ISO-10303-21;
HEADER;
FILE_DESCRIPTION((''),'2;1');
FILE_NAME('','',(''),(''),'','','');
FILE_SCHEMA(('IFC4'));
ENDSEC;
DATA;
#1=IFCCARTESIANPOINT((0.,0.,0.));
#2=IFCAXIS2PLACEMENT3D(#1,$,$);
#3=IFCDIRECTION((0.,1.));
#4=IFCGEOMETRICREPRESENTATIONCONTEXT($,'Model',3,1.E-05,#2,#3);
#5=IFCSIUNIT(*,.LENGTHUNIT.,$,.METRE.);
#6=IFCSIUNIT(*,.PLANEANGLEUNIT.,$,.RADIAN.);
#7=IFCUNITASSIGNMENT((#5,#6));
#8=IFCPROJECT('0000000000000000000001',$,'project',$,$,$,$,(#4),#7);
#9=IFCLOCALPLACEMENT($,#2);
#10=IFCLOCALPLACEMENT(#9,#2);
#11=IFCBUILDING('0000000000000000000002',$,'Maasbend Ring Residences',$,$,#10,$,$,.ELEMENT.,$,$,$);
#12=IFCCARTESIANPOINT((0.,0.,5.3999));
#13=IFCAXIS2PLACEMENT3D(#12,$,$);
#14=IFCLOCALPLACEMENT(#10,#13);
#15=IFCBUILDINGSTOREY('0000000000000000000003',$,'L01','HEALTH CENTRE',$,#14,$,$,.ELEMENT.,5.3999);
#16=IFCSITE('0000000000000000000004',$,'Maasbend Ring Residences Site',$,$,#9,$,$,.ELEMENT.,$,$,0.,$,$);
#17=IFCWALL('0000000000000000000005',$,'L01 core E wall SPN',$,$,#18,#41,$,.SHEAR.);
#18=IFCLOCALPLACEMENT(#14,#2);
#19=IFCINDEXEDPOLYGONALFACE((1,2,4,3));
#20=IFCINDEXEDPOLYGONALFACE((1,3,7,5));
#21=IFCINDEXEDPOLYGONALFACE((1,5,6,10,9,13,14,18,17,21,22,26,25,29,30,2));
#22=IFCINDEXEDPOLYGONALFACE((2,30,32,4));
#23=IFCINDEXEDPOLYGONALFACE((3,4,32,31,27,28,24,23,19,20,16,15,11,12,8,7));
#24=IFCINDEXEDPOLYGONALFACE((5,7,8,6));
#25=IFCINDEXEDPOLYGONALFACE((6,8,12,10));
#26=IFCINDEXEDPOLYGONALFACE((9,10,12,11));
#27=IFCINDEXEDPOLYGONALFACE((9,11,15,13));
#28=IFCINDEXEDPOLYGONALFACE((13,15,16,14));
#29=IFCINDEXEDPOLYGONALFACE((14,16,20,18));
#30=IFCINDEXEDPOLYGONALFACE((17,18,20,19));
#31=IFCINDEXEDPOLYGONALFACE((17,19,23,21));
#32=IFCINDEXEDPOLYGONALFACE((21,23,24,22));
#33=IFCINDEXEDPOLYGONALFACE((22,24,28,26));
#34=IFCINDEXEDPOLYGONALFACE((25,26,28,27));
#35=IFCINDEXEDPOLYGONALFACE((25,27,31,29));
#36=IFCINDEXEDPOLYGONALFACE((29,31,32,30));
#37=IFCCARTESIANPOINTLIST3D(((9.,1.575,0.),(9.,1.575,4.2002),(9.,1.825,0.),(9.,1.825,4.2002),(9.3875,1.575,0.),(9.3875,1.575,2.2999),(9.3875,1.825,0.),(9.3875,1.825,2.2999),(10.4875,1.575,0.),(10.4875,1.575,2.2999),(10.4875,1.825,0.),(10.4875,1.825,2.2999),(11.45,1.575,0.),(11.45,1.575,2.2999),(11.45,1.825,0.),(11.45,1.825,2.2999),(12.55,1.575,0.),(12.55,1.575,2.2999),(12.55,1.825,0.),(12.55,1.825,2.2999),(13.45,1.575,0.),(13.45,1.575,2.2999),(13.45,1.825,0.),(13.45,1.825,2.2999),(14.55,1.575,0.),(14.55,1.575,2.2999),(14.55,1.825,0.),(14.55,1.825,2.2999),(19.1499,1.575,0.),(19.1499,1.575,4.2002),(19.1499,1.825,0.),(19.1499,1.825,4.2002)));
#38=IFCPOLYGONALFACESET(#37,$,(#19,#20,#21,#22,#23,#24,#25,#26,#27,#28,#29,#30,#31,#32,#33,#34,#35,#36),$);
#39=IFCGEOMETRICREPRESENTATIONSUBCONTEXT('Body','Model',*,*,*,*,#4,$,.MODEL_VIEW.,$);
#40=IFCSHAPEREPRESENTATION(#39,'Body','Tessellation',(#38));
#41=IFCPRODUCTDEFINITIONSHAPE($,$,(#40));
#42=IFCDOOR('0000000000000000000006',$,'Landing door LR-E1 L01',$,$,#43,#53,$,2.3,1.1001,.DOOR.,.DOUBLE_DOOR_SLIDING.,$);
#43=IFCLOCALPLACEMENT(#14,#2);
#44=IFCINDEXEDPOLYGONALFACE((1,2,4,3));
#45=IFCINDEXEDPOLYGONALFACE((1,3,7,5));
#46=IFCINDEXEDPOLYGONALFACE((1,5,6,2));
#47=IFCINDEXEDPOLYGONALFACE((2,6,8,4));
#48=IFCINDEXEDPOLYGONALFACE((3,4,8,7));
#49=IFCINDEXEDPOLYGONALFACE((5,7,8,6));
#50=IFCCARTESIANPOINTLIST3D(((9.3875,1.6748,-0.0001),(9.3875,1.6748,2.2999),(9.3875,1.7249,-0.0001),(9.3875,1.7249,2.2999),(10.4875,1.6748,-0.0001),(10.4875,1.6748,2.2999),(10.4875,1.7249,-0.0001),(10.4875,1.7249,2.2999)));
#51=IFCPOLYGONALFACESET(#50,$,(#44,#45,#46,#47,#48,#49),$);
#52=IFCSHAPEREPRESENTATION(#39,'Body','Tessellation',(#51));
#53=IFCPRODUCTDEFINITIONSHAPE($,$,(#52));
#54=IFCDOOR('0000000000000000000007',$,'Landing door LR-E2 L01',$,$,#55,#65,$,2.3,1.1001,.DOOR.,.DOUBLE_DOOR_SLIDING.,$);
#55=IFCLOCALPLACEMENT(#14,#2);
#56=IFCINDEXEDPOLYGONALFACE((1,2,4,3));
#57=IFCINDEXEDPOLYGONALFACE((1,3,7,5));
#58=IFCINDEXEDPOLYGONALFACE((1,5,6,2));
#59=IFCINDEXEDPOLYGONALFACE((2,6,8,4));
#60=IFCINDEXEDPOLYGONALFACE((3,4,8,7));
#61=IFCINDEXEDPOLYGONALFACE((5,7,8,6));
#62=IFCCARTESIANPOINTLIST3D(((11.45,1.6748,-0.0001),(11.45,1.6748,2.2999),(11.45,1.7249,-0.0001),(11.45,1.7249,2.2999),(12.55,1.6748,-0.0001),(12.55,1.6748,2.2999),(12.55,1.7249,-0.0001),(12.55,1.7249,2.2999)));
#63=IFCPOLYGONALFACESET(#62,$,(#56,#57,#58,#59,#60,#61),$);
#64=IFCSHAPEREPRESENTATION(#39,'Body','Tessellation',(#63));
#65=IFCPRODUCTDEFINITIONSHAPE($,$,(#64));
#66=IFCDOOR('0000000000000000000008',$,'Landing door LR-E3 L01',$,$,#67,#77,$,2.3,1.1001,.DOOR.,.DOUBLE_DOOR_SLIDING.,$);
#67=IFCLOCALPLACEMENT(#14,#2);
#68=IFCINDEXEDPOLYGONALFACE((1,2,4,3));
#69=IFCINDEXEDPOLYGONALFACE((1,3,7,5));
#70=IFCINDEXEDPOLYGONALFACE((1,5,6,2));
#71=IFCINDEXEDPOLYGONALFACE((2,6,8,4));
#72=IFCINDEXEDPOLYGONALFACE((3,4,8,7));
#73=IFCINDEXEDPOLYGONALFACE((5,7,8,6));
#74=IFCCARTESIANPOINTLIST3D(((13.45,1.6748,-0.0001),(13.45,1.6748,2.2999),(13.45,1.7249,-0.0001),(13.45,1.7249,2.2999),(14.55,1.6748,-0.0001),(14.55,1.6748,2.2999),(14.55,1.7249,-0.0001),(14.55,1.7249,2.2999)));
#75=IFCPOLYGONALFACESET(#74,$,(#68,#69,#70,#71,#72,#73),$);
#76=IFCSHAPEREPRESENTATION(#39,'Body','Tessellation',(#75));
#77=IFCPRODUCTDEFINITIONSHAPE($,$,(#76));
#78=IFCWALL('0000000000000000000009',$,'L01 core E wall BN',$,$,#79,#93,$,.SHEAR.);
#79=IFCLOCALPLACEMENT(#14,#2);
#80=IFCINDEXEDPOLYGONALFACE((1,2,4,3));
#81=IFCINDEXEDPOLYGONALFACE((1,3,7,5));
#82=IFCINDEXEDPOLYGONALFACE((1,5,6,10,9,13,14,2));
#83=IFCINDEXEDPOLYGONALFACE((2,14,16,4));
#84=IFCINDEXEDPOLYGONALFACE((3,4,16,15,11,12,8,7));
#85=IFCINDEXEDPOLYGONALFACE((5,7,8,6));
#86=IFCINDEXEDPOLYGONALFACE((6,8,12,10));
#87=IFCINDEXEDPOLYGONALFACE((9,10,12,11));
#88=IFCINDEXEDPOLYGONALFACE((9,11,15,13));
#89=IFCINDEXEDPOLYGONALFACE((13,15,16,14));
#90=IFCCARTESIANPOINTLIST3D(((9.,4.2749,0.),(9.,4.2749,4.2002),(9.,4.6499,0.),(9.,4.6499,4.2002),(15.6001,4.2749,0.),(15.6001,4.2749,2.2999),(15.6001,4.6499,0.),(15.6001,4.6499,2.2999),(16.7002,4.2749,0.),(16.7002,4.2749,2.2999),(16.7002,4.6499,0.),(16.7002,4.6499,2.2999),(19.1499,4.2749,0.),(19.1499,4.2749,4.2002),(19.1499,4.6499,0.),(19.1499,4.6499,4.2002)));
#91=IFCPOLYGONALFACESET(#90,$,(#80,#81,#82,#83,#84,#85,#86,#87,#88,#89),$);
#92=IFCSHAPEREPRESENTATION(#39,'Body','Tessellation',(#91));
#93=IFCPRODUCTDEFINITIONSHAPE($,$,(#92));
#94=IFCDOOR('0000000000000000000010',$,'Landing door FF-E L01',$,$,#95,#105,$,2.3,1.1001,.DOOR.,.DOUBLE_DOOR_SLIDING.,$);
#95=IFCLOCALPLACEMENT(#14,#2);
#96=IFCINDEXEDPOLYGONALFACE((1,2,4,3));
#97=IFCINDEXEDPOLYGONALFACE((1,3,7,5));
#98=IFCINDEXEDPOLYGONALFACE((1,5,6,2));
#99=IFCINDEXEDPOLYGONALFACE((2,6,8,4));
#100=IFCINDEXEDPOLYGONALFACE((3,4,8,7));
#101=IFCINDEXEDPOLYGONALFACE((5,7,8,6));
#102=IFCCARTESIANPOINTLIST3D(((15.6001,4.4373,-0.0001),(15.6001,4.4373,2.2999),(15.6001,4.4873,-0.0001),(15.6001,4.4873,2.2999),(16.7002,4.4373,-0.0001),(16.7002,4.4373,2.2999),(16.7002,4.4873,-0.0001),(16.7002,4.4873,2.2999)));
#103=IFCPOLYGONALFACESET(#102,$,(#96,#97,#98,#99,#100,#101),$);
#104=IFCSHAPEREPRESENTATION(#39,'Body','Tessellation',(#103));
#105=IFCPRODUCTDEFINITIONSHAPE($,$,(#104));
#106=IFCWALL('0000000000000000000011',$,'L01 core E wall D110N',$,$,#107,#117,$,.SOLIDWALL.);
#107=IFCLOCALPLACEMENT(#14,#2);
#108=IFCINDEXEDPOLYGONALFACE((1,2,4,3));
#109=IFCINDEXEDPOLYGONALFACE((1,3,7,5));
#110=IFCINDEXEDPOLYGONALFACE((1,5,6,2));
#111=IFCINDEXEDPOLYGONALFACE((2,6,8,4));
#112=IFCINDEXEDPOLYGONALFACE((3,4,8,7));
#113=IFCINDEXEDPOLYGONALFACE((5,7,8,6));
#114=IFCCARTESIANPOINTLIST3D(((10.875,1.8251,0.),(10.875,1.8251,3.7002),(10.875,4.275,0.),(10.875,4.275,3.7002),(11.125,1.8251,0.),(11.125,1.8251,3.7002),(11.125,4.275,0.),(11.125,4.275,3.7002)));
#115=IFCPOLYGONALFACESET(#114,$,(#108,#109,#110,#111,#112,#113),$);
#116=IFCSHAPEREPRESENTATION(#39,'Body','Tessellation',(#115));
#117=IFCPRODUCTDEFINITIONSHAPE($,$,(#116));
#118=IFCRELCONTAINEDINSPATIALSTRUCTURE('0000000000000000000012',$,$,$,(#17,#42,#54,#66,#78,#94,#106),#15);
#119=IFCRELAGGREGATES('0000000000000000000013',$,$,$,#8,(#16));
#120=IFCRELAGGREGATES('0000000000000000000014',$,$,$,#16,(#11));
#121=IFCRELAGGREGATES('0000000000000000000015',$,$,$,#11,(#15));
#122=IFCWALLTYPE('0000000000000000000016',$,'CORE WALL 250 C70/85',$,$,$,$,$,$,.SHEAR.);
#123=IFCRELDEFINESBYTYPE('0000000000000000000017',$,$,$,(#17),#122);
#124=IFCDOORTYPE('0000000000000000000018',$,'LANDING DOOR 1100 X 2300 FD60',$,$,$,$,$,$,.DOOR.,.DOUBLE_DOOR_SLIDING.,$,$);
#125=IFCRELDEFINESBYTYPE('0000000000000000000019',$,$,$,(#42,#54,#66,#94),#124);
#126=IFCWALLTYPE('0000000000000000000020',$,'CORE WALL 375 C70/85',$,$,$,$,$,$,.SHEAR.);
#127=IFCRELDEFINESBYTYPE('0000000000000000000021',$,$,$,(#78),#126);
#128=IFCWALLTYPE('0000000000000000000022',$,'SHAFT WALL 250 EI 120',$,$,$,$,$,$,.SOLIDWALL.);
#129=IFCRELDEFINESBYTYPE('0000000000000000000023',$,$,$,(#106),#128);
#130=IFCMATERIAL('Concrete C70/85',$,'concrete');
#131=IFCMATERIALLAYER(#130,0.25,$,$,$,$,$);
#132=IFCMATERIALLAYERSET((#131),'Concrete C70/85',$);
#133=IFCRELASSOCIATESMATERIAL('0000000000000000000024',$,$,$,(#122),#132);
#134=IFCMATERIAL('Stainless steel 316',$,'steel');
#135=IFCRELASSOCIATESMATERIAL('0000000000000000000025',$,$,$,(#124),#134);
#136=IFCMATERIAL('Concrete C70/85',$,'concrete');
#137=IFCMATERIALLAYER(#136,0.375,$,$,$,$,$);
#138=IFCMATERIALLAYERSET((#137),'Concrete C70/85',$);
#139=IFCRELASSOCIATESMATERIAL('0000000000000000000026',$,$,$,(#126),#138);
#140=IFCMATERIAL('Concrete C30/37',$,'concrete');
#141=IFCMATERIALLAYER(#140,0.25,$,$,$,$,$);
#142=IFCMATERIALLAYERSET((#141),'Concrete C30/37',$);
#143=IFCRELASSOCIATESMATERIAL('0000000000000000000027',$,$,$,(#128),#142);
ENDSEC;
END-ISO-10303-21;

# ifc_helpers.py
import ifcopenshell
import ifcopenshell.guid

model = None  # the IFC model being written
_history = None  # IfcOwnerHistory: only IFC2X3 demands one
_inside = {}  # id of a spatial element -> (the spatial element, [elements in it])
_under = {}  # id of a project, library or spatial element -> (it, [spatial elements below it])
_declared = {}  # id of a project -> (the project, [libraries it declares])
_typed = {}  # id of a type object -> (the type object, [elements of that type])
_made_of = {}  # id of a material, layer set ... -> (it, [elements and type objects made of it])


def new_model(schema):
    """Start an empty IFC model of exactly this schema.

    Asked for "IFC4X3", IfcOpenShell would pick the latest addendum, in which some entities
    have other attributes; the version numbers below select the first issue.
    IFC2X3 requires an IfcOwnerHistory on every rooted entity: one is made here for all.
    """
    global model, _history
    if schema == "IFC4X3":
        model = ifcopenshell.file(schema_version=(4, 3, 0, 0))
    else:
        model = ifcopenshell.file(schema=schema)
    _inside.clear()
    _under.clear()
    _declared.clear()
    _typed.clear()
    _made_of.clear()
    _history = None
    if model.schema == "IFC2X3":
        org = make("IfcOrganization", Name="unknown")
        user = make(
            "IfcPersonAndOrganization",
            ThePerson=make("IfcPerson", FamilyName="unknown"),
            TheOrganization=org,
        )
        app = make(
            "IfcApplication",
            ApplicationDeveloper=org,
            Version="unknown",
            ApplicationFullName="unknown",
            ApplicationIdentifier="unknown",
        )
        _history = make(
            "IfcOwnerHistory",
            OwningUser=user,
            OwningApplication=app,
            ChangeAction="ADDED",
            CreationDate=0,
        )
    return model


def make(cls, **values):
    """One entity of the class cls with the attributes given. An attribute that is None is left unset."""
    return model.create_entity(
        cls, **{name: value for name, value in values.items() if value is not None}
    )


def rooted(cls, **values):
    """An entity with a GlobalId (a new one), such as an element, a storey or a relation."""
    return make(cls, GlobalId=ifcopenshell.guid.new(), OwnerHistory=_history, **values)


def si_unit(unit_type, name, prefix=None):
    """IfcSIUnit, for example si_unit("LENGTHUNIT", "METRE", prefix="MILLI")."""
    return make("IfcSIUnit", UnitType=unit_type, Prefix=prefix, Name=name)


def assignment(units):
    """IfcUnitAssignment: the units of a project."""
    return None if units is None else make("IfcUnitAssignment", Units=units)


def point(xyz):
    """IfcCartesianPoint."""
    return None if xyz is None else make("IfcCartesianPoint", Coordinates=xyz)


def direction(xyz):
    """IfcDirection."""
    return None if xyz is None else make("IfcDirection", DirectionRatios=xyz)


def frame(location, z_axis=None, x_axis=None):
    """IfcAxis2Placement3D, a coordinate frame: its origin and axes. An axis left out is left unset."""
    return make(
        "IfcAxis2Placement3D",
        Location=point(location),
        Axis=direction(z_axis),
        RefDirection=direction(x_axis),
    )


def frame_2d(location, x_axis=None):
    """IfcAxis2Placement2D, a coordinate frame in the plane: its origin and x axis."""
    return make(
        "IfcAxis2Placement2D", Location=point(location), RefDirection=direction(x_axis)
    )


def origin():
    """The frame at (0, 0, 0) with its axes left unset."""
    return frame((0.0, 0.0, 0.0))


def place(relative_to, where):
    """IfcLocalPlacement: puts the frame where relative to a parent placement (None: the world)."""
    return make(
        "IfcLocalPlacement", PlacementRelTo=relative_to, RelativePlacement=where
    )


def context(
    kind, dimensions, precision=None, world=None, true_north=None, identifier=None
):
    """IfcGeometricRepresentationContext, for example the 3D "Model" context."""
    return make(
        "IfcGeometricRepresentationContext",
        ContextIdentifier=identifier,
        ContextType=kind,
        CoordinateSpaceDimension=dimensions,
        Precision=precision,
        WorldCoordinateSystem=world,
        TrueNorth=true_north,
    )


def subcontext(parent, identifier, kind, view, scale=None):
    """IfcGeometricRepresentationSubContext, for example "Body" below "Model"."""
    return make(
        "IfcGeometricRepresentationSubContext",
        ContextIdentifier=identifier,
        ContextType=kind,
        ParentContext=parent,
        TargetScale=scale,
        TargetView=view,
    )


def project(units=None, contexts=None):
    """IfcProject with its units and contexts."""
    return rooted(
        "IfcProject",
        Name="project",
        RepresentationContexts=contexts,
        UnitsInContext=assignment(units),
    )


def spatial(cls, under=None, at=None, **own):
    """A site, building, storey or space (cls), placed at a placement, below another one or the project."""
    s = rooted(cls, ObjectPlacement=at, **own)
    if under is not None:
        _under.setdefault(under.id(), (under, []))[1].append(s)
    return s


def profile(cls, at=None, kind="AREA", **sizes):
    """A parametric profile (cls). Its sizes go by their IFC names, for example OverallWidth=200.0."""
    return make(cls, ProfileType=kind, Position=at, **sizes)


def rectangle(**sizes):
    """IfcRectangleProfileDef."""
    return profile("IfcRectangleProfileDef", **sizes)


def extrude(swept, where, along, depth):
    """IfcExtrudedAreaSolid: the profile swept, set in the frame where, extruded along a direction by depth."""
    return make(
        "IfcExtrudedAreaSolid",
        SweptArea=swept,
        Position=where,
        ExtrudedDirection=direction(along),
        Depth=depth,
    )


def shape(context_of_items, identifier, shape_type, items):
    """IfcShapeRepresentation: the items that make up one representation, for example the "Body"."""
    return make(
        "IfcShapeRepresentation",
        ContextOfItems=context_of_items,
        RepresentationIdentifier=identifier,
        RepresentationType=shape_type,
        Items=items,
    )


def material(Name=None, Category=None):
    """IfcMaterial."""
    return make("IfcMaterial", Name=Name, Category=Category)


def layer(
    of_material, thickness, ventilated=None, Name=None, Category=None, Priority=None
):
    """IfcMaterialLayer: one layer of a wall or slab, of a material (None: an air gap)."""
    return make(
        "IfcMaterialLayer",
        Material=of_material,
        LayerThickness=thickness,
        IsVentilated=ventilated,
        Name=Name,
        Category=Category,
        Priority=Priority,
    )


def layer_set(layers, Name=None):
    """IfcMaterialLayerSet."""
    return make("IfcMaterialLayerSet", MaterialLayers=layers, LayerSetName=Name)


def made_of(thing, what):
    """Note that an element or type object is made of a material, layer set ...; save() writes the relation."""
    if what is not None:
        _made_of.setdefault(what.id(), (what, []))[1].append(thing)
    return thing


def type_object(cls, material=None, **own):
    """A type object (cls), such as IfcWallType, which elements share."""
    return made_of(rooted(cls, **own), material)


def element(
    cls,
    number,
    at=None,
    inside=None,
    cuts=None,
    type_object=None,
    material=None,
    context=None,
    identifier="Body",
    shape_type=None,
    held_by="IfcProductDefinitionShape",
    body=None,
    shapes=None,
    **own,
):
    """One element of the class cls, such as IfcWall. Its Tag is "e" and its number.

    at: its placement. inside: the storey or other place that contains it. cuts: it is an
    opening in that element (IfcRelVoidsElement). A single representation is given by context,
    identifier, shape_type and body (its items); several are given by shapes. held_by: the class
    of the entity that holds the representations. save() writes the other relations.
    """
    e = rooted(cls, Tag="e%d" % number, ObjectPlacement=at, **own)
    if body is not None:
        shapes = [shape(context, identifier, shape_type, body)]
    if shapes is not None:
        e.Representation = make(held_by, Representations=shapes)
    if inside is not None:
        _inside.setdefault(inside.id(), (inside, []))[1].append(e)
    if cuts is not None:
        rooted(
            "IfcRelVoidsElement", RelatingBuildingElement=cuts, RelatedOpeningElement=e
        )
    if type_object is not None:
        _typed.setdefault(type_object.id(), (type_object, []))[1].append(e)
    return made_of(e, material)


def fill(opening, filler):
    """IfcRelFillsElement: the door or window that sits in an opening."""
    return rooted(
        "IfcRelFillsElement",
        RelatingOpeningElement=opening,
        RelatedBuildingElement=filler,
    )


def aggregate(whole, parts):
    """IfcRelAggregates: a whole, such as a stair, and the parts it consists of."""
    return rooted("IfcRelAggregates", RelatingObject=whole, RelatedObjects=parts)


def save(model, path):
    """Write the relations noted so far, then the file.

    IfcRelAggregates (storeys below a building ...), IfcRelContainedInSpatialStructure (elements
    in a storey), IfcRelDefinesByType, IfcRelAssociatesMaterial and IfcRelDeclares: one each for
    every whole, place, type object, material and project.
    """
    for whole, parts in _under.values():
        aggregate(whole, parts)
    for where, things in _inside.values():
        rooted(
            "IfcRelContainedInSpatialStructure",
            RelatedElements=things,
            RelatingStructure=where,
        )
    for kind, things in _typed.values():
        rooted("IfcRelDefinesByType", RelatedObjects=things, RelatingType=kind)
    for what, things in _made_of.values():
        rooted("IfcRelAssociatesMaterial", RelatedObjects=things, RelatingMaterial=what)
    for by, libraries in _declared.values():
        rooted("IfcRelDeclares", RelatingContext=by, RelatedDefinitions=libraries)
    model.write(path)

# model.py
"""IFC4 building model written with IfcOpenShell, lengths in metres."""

from ifc_helpers import new_model, si_unit, direction, frame, frame_2d, origin, place, context, subcontext, project, spatial, rectangle, extrude, material, layer, layer_set, type_object, element, fill, save


model = new_model("IFC4")

# Units and contexts
model_context = context("Model", 3, precision=1e-05, world=origin(), true_north=direction((0.0, 1.0)))
body_context = subcontext(model_context, "Body", "Model", "MODEL_VIEW")
ifc_project = project(units=[si_unit("LENGTHUNIT", "METRE"), si_unit("PLANEANGLEUNIT", "RADIAN")], contexts=[model_context])

# Site, building, storey
site_placement = place(None, origin())
site = spatial("IfcSite", under=ifc_project, at=site_placement, Name="Maasbend Ring Residences Site", CompositionType="ELEMENT", RefElevation=0.0)
building_placement = place(site_placement, origin())
building = spatial("IfcBuilding", under=site, at=building_placement, Name="Maasbend Ring Residences", CompositionType="ELEMENT")
storey_placement = place(building_placement, frame((0.0, 0.0, 5.3999)))
storey = spatial("IfcBuildingStorey", under=building, at=storey_placement, Name="L01", Description="HEALTH CENTRE", CompositionType="ELEMENT", Elevation=5.3999)

# Wall, openings, doors
ifc_material_1 = material(Name="Concrete C70/85", Category="concrete")
ifc_layer_1 = layer(ifc_material_1, 0.25)
ifc_layer_set_1 = layer_set([ifc_layer_1], Name="Concrete C70/85")
wall_type_1 = type_object("IfcWallType", Name="CORE WALL 250 C70/85", PredefinedType="SHEAR", material=ifc_layer_set_1)
wall_1_placement = place(storey_placement, frame((9.0, 1.7, 0.0), z_axis=(0.0, 0.0, 1.0), x_axis=(1.0, 0.0, 0.0)))
wall_1 = element("IfcWall", 1, at=wall_1_placement, inside=storey, type_object=wall_type_1, Name="L01 core E wall SPN", PredefinedType="SHEAR", context=body_context, shape_type="SweptSolid", body=[
    extrude(rectangle(XDim=10.1499, YDim=0.25, at=frame_2d((5.075, 0.0))), origin(), (0.0, 0.0, 1.0), 4.2002),
])
opening_1_placement = place(wall_1_placement, frame((0.3875, 0.0, 0.0)))
opening_1 = element("IfcOpeningElement", 2, at=opening_1_placement, cuts=wall_1, PredefinedType="OPENING", context=body_context, shape_type="SweptSolid", body=[
    extrude(rectangle(XDim=1.1001, YDim=2.3, at=frame_2d((0.55, 1.1499))), frame((0.0, 0.135, 0.0), z_axis=(0.0, -1.0, 0.0), x_axis=(1.0, 0.0, 0.0)), (0.0, 0.0, 1.0), 0.27),
])
opening_2_placement = place(wall_1_placement, frame((2.45, 0.0, 0.0)))
opening_2 = element("IfcOpeningElement", 3, at=opening_2_placement, cuts=wall_1, PredefinedType="OPENING", context=body_context, shape_type="SweptSolid", body=[
    extrude(rectangle(XDim=1.1001, YDim=2.3, at=frame_2d((0.55, 1.1499))), frame((0.0, 0.135, 0.0), z_axis=(0.0, -1.0, 0.0), x_axis=(1.0, 0.0, 0.0)), (0.0, 0.0, 1.0), 0.27),
])
opening_3_placement = place(wall_1_placement, frame((4.45, 0.0, 0.0)))
opening_3 = element("IfcOpeningElement", 4, at=opening_3_placement, cuts=wall_1, PredefinedType="OPENING", context=body_context, shape_type="SweptSolid", body=[
    extrude(rectangle(XDim=1.1001, YDim=2.3, at=frame_2d((0.55, 1.1499))), frame((0.0, 0.135, 0.0), z_axis=(0.0, -1.0, 0.0), x_axis=(1.0, 0.0, 0.0)), (0.0, 0.0, 1.0), 0.27),
])
ifc_material_2 = material(Name="Stainless steel 316", Category="steel")
door_type = type_object("IfcDoorType", Name="LANDING DOOR 1100 X 2300 FD60", OperationType="DOUBLE_DOOR_SLIDING", PredefinedType="DOOR", material=ifc_material_2)
door_1_placement = place(opening_1_placement, origin())
door_1 = element("IfcDoor", 5, at=door_1_placement, inside=storey, type_object=door_type, Name="Landing door LR-E1 L01", OperationType="DOUBLE_DOOR_SLIDING", OverallHeight=2.3, OverallWidth=1.1001, PredefinedType="DOOR", context=body_context, shape_type="SweptSolid", body=[
    extrude(rectangle(XDim=1.1001, YDim=2.3, at=frame_2d((0.55, 1.1499))), frame((0.0, 0.0249, 0.0), z_axis=(0.0, -1.0, 0.0), x_axis=(1.0, 0.0, 0.0)), (0.0, 0.0, 1.0), 0.05),
])
fill(opening_1, door_1)
door_2_placement = place(opening_2_placement, origin())
door_2 = element("IfcDoor", 6, at=door_2_placement, inside=storey, type_object=door_type, Name="Landing door LR-E2 L01", OperationType="DOUBLE_DOOR_SLIDING", OverallHeight=2.3, OverallWidth=1.1001, PredefinedType="DOOR", context=body_context, shape_type="SweptSolid", body=[
    extrude(rectangle(XDim=1.1001, YDim=2.3, at=frame_2d((0.55, 1.1499))), frame((0.0, 0.0249, 0.0), z_axis=(0.0, -1.0, 0.0), x_axis=(1.0, 0.0, 0.0)), (0.0, 0.0, 1.0), 0.05),
])
fill(opening_2, door_2)
door_3_placement = place(opening_3_placement, origin())
door_3 = element("IfcDoor", 7, at=door_3_placement, inside=storey, type_object=door_type, Name="Landing door LR-E3 L01", OperationType="DOUBLE_DOOR_SLIDING", OverallHeight=2.3, OverallWidth=1.1001, PredefinedType="DOOR", context=body_context, shape_type="SweptSolid", body=[
    extrude(rectangle(XDim=1.1001, YDim=2.3, at=frame_2d((0.55, 1.1499))), frame((0.0, 0.0249, 0.0), z_axis=(0.0, -1.0, 0.0), x_axis=(1.0, 0.0, 0.0)), (0.0, 0.0, 1.0), 0.05),
])
fill(opening_3, door_3)

# Wall, opening, door
ifc_material_3 = material(Name="Concrete C70/85", Category="concrete")
ifc_layer_2 = layer(ifc_material_3, 0.375)
ifc_layer_set_2 = layer_set([ifc_layer_2], Name="Concrete C70/85")
wall_type_2 = type_object("IfcWallType", Name="CORE WALL 375 C70/85", PredefinedType="SHEAR", material=ifc_layer_set_2)
wall_2_placement = place(storey_placement, frame((9.0, 4.4624, 0.0), z_axis=(0.0, 0.0, 1.0), x_axis=(1.0, 0.0, 0.0)))
wall_2 = element("IfcWall", 8, at=wall_2_placement, inside=storey, type_object=wall_type_2, Name="L01 core E wall BN", PredefinedType="SHEAR", context=body_context, shape_type="SweptSolid", body=[
    extrude(rectangle(XDim=10.1499, YDim=0.375, at=frame_2d((5.075, 0.0))), origin(), (0.0, 0.0, 1.0), 4.2002),
])
opening_4_placement = place(wall_2_placement, frame((6.6001, 0.0, 0.0)))
opening_4 = element("IfcOpeningElement", 9, at=opening_4_placement, cuts=wall_2, PredefinedType="OPENING", context=body_context, shape_type="SweptSolid", body=[
    extrude(rectangle(XDim=1.1001, YDim=2.3, at=frame_2d((0.55, 1.1499))), frame((0.0, 0.1975, 0.0), z_axis=(0.0, -1.0, 0.0), x_axis=(1.0, 0.0, 0.0)), (0.0, 0.0, 1.0), 0.395),
])
door_4_placement = place(opening_4_placement, origin())
door_4 = element("IfcDoor", 10, at=door_4_placement, inside=storey, type_object=door_type, Name="Landing door FF-E L01", OperationType="DOUBLE_DOOR_SLIDING", OverallHeight=2.3, OverallWidth=1.1001, PredefinedType="DOOR", context=body_context, shape_type="SweptSolid", body=[
    extrude(rectangle(XDim=1.1001, YDim=2.3, at=frame_2d((0.55, 1.1499))), frame((0.0, 0.0249, 0.0), z_axis=(0.0, -1.0, 0.0), x_axis=(1.0, 0.0, 0.0)), (0.0, 0.0, 1.0), 0.05),
])
fill(opening_4, door_4)

# Wall
ifc_material_4 = material(Name="Concrete C30/37", Category="concrete")
ifc_layer_3 = layer(ifc_material_4, 0.25)
ifc_layer_set_3 = layer_set([ifc_layer_3], Name="Concrete C30/37")
wall_type_3 = type_object("IfcWallType", Name="SHAFT WALL 250 EI 120", PredefinedType="SOLIDWALL", material=ifc_layer_set_3)
wall_3_placement = place(storey_placement, frame((11.0, 1.825, 0.0), z_axis=(0.0, 0.0, 1.0), x_axis=(0.0, 1.0, 0.0)))
element("IfcWall", 11, at=wall_3_placement, inside=storey, type_object=wall_type_3, Name="L01 core E wall D110N", PredefinedType="SOLIDWALL", context=body_context, shape_type="SweptSolid", body=[
    extrude(rectangle(XDim=2.45, YDim=0.25, at=frame_2d((1.2251, 0.0))), origin(), (0.0, 0.0, 1.0), 3.7002),
])

save(model, "model.ifc")
